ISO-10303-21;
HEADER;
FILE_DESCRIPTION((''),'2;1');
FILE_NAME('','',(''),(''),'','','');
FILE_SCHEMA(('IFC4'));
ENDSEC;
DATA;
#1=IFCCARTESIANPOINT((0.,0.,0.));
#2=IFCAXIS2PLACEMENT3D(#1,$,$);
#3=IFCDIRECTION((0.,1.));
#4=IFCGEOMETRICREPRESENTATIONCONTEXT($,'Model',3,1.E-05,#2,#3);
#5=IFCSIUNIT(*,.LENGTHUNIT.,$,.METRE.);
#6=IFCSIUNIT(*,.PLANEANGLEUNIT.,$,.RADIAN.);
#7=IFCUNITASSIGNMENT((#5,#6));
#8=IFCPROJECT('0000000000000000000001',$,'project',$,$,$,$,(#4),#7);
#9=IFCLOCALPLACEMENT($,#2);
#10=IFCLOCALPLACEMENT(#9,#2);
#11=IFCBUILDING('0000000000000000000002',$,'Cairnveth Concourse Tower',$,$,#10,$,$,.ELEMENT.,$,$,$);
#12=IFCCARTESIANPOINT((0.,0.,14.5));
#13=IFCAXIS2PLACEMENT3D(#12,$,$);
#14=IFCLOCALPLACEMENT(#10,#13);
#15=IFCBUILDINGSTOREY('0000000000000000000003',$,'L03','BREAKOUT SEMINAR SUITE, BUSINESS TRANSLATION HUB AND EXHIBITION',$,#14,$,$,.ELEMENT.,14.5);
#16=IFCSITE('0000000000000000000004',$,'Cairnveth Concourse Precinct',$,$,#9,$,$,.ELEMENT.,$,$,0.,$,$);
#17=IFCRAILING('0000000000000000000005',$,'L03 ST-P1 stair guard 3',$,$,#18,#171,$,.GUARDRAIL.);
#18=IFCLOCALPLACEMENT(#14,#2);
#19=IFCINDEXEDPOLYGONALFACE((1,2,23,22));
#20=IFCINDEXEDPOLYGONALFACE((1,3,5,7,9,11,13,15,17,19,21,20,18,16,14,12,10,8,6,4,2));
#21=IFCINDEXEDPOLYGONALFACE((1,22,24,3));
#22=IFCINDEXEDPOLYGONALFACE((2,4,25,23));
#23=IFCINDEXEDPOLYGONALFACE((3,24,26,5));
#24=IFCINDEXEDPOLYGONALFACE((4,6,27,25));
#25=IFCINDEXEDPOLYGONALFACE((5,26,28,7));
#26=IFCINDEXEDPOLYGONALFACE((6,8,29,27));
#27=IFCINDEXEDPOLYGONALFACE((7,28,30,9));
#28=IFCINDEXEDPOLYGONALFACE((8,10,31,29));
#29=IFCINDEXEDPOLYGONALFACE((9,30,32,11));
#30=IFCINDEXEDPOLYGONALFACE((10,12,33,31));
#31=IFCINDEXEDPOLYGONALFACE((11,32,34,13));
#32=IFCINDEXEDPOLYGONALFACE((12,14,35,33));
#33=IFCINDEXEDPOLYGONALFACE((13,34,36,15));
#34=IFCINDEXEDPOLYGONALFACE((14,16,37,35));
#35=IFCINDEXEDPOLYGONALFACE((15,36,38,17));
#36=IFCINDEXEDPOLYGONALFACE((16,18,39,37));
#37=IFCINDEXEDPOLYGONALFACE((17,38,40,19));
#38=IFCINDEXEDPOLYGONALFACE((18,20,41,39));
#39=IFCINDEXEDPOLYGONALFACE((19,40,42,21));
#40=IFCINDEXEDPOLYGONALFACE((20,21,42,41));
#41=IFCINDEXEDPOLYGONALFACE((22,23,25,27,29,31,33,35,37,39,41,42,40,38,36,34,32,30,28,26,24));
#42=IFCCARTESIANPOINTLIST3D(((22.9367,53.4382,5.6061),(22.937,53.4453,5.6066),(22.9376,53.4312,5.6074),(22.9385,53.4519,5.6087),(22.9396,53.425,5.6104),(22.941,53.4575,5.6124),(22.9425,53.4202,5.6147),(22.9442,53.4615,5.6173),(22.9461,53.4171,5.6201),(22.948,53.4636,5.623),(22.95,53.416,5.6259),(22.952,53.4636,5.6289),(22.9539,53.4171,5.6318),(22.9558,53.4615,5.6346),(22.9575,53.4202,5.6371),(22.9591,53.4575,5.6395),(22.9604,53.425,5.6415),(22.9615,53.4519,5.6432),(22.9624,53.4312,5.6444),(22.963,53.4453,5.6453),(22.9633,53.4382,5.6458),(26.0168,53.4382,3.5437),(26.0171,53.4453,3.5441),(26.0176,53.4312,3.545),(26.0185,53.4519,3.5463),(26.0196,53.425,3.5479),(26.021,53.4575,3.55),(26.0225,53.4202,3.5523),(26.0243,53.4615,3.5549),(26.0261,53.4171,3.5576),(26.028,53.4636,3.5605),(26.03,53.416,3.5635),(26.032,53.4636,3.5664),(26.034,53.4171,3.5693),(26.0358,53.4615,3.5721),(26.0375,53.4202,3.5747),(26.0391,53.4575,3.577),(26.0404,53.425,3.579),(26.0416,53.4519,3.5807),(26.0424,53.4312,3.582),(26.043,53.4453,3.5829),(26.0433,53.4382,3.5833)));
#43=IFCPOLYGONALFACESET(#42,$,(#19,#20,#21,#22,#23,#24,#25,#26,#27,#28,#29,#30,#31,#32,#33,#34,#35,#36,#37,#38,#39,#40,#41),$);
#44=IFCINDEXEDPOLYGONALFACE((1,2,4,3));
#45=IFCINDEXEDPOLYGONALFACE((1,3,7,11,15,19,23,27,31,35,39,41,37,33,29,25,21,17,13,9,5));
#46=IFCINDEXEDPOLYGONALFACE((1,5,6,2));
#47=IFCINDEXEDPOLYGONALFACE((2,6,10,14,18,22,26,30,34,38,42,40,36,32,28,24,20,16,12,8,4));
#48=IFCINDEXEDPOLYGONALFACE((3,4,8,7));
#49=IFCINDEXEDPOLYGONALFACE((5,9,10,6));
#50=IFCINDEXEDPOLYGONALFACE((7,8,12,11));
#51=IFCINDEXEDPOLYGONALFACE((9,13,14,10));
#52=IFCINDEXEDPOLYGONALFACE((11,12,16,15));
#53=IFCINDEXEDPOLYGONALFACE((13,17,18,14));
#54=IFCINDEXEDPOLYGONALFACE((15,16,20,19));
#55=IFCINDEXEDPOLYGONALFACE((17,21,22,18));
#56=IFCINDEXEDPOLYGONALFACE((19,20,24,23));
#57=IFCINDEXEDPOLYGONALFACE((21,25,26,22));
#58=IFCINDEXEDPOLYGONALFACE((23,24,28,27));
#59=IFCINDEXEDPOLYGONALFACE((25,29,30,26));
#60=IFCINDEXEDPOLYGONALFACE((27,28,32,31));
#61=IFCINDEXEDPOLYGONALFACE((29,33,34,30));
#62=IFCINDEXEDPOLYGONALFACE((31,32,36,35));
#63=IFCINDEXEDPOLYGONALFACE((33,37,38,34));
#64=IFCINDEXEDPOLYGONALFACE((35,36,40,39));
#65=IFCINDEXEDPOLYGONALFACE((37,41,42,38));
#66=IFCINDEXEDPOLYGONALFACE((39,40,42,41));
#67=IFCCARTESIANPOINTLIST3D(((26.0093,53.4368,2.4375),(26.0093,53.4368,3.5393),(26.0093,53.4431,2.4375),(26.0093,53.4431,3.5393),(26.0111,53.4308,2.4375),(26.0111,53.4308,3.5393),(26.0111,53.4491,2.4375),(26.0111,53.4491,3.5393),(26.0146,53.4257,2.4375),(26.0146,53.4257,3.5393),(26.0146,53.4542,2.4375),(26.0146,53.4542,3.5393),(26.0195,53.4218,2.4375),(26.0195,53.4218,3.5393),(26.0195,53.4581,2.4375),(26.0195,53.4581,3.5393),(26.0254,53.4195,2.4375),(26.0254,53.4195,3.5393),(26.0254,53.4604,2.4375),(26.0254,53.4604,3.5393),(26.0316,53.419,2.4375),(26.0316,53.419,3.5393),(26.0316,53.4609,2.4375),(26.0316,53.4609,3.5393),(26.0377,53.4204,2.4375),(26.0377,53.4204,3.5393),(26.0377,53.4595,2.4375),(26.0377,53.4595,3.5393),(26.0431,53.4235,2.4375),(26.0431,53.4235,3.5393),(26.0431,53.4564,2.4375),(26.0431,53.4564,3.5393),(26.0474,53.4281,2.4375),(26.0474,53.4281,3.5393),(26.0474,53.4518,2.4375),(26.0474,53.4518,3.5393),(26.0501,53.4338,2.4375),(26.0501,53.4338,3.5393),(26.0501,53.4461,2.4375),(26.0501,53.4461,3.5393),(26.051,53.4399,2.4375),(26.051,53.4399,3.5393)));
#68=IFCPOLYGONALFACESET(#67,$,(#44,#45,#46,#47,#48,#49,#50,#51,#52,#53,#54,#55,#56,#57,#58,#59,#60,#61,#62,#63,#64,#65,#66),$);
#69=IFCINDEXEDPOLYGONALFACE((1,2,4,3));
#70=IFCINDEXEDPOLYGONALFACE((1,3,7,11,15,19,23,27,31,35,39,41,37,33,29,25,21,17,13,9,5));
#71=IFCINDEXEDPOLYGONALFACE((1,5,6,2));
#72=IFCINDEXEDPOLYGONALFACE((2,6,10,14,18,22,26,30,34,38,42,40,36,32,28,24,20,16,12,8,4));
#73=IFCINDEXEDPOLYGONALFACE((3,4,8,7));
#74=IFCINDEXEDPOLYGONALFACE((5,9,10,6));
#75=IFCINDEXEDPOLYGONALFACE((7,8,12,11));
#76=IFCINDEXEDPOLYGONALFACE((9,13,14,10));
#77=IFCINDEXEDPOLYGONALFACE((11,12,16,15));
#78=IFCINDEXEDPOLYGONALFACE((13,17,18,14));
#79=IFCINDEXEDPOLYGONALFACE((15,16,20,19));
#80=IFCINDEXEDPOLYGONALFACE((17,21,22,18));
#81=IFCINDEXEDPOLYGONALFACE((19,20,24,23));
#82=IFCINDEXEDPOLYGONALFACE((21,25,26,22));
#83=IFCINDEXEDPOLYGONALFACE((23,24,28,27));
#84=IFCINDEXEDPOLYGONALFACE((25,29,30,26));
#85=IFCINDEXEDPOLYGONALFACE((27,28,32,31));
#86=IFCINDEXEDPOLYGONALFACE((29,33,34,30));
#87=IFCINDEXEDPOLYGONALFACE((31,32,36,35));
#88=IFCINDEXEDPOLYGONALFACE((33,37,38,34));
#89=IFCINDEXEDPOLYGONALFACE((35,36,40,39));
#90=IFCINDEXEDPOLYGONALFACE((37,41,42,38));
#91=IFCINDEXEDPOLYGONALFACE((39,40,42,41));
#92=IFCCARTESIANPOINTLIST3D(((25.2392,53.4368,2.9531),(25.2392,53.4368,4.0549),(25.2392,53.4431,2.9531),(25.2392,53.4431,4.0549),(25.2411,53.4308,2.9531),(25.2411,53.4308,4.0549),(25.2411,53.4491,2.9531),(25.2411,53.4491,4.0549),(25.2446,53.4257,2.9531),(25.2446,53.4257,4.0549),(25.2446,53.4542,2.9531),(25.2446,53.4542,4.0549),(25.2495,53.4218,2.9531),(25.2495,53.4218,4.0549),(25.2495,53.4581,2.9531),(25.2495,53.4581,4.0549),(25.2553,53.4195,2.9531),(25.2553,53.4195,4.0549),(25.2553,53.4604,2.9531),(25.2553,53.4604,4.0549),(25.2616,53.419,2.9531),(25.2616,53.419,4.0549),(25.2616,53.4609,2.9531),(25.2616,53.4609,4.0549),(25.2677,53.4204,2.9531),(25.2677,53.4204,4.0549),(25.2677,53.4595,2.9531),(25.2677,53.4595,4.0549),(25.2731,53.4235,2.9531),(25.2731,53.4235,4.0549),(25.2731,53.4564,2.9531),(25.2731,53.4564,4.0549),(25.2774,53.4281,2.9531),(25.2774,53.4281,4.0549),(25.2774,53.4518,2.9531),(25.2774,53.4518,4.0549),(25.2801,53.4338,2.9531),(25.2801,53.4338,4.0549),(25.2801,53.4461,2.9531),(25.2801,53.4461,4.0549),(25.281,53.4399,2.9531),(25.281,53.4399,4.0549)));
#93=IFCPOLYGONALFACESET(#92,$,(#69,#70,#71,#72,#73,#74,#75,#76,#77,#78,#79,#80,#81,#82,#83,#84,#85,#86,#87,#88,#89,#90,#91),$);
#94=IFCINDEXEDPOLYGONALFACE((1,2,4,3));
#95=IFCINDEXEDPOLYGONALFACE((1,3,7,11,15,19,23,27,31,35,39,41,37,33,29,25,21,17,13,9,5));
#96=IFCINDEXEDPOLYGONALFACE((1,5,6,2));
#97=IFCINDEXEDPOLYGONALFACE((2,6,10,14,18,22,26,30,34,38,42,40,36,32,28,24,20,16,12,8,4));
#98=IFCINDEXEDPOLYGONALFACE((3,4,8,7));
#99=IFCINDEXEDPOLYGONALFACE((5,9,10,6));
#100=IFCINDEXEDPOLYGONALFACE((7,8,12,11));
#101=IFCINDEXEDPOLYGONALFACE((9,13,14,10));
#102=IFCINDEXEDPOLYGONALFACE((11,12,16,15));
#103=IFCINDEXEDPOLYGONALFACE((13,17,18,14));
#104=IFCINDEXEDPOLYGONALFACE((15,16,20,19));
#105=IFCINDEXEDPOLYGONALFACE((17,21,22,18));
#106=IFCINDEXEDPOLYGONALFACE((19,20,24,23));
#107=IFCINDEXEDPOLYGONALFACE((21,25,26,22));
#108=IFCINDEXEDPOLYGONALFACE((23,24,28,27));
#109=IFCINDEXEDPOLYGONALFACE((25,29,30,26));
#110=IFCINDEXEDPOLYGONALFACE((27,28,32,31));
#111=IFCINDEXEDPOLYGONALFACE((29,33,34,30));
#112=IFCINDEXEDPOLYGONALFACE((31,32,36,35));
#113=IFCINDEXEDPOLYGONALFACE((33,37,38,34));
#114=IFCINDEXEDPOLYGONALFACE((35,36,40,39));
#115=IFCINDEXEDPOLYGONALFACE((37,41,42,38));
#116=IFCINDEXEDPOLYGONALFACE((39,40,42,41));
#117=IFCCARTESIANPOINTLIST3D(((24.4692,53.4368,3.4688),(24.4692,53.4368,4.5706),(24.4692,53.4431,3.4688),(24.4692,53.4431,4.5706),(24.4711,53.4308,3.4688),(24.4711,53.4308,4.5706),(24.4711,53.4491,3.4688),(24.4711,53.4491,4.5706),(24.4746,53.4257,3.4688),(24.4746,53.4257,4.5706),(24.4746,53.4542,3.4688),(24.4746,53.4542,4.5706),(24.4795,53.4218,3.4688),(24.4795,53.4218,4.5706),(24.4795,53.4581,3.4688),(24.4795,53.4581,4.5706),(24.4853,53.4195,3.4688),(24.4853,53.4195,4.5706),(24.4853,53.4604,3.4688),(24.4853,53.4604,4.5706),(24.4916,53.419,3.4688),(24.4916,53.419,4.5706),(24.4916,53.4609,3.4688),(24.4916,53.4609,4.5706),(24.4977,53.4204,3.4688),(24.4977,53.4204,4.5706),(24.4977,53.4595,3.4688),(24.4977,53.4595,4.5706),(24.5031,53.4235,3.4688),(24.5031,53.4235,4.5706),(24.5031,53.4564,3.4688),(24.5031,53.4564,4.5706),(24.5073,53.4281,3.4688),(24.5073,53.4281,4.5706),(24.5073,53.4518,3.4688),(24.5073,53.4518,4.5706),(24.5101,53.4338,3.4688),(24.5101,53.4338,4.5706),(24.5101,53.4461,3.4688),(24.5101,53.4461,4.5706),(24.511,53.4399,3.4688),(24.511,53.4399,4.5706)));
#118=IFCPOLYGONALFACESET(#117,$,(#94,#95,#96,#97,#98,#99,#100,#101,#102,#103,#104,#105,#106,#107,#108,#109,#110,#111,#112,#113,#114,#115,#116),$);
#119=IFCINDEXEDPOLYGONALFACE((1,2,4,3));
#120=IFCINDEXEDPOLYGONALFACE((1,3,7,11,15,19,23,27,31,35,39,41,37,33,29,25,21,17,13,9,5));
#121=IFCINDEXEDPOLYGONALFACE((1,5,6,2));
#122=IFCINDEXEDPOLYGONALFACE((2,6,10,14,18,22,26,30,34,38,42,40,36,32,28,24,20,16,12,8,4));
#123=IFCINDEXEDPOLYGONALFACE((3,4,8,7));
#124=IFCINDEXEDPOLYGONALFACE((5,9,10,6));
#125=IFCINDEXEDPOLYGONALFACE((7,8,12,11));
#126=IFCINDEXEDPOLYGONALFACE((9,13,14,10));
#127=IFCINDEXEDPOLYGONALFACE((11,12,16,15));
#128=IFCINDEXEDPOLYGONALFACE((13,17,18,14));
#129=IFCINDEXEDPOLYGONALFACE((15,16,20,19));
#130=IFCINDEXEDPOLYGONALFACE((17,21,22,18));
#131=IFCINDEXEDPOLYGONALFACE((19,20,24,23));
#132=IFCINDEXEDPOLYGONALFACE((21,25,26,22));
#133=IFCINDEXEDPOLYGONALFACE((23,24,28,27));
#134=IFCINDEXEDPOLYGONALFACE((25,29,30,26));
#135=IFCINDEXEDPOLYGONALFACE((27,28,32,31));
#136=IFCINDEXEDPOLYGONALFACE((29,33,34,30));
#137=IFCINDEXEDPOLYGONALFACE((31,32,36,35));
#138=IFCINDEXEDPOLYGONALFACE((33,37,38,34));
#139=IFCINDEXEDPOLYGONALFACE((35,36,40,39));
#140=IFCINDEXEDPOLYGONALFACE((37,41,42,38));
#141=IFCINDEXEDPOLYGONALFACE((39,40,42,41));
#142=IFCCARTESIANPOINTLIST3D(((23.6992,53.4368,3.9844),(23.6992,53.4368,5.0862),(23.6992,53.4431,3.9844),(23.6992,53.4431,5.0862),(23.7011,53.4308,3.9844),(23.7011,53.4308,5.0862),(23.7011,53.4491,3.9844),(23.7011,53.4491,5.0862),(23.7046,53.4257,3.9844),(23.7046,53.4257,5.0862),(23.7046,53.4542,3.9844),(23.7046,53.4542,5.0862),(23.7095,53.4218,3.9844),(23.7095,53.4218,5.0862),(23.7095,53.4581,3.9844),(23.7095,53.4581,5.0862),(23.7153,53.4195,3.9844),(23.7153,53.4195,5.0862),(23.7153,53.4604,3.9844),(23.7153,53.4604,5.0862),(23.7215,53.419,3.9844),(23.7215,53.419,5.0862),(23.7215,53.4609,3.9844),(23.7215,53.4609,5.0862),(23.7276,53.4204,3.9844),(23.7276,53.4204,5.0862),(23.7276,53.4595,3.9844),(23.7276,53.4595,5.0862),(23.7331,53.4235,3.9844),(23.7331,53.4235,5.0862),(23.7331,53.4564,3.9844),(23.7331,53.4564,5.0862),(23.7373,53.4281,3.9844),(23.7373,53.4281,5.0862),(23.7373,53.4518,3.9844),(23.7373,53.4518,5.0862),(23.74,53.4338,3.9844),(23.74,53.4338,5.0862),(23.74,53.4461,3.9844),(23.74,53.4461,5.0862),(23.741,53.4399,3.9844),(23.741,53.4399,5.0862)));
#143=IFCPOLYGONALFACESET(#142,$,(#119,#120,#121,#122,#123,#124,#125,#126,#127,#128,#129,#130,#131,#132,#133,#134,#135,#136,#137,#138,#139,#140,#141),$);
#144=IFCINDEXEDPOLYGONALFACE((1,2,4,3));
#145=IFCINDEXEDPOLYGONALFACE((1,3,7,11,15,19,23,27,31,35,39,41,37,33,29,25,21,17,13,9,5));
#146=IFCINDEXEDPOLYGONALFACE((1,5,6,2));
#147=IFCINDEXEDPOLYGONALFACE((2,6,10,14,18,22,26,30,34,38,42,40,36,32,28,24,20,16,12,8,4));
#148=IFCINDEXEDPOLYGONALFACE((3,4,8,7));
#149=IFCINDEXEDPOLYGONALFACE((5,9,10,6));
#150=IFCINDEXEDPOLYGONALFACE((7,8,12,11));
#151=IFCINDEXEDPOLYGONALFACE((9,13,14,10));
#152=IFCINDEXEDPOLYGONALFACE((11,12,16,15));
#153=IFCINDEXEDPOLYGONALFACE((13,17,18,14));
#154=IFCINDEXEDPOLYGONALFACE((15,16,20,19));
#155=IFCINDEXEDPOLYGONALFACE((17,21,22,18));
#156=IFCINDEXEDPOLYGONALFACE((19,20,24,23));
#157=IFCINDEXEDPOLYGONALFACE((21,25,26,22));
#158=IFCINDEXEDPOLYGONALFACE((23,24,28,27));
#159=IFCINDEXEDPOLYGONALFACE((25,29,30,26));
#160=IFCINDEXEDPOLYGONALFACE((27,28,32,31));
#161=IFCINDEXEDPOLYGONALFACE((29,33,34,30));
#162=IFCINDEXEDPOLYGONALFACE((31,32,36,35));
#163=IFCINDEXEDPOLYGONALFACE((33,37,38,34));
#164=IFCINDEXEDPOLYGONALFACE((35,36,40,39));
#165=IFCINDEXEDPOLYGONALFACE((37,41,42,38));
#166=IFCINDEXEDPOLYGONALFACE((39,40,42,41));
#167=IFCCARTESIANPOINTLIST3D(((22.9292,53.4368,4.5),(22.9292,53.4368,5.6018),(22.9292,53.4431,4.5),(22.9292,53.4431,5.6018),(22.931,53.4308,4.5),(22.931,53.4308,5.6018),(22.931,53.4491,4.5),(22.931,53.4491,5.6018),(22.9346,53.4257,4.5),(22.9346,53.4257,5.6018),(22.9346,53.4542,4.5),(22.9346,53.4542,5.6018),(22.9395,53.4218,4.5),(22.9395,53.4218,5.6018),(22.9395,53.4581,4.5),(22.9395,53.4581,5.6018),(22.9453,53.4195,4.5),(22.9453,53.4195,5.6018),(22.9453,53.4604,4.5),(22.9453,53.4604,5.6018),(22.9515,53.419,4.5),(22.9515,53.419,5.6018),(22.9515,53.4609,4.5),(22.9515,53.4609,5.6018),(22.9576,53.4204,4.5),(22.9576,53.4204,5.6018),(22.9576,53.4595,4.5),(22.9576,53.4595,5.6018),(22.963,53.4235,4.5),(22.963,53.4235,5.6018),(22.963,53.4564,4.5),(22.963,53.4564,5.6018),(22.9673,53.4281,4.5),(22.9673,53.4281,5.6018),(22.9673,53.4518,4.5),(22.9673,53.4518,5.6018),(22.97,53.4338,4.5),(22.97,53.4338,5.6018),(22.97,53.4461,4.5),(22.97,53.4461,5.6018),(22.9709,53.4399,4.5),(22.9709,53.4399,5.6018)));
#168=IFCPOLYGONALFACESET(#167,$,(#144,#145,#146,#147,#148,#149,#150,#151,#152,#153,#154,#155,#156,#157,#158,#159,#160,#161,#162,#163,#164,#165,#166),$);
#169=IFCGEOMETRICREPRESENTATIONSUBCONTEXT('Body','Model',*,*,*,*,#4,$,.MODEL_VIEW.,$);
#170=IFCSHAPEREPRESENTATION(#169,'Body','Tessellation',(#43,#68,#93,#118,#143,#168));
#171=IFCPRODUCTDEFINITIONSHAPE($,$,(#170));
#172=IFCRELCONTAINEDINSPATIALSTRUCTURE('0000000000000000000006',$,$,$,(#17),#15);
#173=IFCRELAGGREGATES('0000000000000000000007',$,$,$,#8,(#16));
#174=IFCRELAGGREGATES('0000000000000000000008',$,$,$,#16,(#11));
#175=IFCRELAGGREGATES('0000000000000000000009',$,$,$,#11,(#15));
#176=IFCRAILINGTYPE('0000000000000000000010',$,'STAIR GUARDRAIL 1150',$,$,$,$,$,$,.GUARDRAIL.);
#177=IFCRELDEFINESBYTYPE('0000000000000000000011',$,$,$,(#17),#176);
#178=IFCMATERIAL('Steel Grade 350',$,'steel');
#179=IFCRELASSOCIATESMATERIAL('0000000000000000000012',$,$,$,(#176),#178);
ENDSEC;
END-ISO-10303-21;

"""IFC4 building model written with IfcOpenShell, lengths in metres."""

from ifc_helpers import new_model, si_unit, direction, frame, origin, origin_2d, place, context, subcontext, project, spatial, circle, extrude, material, type_object, element, save


model = new_model("IFC4")

# Units and contexts
model_context = context("Model", 3, precision=1e-05, world=origin(), true_north=direction((0.0, 1.0)))
body_context = subcontext(model_context, "Body", "Model", "MODEL_VIEW")
ifc_project = project(units=[si_unit("LENGTHUNIT", "METRE"), si_unit("PLANEANGLEUNIT", "RADIAN")], contexts=[model_context])

# Site, building, storey
site_placement = place(None, origin())
site = spatial("IfcSite", under=ifc_project, at=site_placement, Name="Cairnveth Concourse Precinct", CompositionType="ELEMENT", RefElevation=0.0)
building_placement = place(site_placement, origin())
building = spatial("IfcBuilding", under=site, at=building_placement, Name="Cairnveth Concourse Tower", CompositionType="ELEMENT")
storey_placement = place(building_placement, frame((0.0, 0.0, 14.5)))
storey = spatial("IfcBuildingStorey", under=building, at=storey_placement, Name="L03", Description="BREAKOUT SEMINAR SUITE, BUSINESS TRANSLATION HUB AND EXHIBITION", CompositionType="ELEMENT", Elevation=14.5)

# Shared definitions
ifc_material_1 = material(Name="Steel Grade 350", Category="steel")

# Railing
railing_type_1 = type_object("IfcRailingType", Name="STAIR GUARDRAIL 1150", PredefinedType="GUARDRAIL", material=ifc_material_1)
railing_1_placement = place(storey_placement, frame((26.03, 53.4399, 2.4375)))
element("IfcRailing", 1, at=railing_1_placement, inside=storey, type_object=railing_type_1, Name="L03 ST-P1 stair guard 3", PredefinedType="GUARDRAIL", context=body_context, shape_type="SweptSolid", body=[
    extrude(circle(Radius=0.0239, at=origin_2d()), frame((0.0, 0.0, 1.126), z_axis=(-0.830914, 0.0, 0.556401), x_axis=(0.0, -1.0, 0.0)), (0.0, 0.0, 1.0), 3.7068),
    extrude(circle(Radius=0.021, at=origin_2d()), origin(), (0.0, 0.0, 1.0), 1.1018),
    extrude(circle(Radius=0.021, at=origin_2d()), frame((-0.77, 0.0, 0.5156)), (0.0, 0.0, 1.0), 1.1018),
    extrude(circle(Radius=0.021, at=origin_2d()), frame((-1.54, 0.0, 1.0312)), (0.0, 0.0, 1.0), 1.1018),
    extrude(circle(Radius=0.021, at=origin_2d()), frame((-2.3101, 0.0, 1.5469)), (0.0, 0.0, 1.0), 1.1018),
    extrude(circle(Radius=0.021, at=origin_2d()), frame((-3.0801, 0.0, 2.0625)), (0.0, 0.0, 1.0), 1.1018),
])

save(model, "model.ifc")
